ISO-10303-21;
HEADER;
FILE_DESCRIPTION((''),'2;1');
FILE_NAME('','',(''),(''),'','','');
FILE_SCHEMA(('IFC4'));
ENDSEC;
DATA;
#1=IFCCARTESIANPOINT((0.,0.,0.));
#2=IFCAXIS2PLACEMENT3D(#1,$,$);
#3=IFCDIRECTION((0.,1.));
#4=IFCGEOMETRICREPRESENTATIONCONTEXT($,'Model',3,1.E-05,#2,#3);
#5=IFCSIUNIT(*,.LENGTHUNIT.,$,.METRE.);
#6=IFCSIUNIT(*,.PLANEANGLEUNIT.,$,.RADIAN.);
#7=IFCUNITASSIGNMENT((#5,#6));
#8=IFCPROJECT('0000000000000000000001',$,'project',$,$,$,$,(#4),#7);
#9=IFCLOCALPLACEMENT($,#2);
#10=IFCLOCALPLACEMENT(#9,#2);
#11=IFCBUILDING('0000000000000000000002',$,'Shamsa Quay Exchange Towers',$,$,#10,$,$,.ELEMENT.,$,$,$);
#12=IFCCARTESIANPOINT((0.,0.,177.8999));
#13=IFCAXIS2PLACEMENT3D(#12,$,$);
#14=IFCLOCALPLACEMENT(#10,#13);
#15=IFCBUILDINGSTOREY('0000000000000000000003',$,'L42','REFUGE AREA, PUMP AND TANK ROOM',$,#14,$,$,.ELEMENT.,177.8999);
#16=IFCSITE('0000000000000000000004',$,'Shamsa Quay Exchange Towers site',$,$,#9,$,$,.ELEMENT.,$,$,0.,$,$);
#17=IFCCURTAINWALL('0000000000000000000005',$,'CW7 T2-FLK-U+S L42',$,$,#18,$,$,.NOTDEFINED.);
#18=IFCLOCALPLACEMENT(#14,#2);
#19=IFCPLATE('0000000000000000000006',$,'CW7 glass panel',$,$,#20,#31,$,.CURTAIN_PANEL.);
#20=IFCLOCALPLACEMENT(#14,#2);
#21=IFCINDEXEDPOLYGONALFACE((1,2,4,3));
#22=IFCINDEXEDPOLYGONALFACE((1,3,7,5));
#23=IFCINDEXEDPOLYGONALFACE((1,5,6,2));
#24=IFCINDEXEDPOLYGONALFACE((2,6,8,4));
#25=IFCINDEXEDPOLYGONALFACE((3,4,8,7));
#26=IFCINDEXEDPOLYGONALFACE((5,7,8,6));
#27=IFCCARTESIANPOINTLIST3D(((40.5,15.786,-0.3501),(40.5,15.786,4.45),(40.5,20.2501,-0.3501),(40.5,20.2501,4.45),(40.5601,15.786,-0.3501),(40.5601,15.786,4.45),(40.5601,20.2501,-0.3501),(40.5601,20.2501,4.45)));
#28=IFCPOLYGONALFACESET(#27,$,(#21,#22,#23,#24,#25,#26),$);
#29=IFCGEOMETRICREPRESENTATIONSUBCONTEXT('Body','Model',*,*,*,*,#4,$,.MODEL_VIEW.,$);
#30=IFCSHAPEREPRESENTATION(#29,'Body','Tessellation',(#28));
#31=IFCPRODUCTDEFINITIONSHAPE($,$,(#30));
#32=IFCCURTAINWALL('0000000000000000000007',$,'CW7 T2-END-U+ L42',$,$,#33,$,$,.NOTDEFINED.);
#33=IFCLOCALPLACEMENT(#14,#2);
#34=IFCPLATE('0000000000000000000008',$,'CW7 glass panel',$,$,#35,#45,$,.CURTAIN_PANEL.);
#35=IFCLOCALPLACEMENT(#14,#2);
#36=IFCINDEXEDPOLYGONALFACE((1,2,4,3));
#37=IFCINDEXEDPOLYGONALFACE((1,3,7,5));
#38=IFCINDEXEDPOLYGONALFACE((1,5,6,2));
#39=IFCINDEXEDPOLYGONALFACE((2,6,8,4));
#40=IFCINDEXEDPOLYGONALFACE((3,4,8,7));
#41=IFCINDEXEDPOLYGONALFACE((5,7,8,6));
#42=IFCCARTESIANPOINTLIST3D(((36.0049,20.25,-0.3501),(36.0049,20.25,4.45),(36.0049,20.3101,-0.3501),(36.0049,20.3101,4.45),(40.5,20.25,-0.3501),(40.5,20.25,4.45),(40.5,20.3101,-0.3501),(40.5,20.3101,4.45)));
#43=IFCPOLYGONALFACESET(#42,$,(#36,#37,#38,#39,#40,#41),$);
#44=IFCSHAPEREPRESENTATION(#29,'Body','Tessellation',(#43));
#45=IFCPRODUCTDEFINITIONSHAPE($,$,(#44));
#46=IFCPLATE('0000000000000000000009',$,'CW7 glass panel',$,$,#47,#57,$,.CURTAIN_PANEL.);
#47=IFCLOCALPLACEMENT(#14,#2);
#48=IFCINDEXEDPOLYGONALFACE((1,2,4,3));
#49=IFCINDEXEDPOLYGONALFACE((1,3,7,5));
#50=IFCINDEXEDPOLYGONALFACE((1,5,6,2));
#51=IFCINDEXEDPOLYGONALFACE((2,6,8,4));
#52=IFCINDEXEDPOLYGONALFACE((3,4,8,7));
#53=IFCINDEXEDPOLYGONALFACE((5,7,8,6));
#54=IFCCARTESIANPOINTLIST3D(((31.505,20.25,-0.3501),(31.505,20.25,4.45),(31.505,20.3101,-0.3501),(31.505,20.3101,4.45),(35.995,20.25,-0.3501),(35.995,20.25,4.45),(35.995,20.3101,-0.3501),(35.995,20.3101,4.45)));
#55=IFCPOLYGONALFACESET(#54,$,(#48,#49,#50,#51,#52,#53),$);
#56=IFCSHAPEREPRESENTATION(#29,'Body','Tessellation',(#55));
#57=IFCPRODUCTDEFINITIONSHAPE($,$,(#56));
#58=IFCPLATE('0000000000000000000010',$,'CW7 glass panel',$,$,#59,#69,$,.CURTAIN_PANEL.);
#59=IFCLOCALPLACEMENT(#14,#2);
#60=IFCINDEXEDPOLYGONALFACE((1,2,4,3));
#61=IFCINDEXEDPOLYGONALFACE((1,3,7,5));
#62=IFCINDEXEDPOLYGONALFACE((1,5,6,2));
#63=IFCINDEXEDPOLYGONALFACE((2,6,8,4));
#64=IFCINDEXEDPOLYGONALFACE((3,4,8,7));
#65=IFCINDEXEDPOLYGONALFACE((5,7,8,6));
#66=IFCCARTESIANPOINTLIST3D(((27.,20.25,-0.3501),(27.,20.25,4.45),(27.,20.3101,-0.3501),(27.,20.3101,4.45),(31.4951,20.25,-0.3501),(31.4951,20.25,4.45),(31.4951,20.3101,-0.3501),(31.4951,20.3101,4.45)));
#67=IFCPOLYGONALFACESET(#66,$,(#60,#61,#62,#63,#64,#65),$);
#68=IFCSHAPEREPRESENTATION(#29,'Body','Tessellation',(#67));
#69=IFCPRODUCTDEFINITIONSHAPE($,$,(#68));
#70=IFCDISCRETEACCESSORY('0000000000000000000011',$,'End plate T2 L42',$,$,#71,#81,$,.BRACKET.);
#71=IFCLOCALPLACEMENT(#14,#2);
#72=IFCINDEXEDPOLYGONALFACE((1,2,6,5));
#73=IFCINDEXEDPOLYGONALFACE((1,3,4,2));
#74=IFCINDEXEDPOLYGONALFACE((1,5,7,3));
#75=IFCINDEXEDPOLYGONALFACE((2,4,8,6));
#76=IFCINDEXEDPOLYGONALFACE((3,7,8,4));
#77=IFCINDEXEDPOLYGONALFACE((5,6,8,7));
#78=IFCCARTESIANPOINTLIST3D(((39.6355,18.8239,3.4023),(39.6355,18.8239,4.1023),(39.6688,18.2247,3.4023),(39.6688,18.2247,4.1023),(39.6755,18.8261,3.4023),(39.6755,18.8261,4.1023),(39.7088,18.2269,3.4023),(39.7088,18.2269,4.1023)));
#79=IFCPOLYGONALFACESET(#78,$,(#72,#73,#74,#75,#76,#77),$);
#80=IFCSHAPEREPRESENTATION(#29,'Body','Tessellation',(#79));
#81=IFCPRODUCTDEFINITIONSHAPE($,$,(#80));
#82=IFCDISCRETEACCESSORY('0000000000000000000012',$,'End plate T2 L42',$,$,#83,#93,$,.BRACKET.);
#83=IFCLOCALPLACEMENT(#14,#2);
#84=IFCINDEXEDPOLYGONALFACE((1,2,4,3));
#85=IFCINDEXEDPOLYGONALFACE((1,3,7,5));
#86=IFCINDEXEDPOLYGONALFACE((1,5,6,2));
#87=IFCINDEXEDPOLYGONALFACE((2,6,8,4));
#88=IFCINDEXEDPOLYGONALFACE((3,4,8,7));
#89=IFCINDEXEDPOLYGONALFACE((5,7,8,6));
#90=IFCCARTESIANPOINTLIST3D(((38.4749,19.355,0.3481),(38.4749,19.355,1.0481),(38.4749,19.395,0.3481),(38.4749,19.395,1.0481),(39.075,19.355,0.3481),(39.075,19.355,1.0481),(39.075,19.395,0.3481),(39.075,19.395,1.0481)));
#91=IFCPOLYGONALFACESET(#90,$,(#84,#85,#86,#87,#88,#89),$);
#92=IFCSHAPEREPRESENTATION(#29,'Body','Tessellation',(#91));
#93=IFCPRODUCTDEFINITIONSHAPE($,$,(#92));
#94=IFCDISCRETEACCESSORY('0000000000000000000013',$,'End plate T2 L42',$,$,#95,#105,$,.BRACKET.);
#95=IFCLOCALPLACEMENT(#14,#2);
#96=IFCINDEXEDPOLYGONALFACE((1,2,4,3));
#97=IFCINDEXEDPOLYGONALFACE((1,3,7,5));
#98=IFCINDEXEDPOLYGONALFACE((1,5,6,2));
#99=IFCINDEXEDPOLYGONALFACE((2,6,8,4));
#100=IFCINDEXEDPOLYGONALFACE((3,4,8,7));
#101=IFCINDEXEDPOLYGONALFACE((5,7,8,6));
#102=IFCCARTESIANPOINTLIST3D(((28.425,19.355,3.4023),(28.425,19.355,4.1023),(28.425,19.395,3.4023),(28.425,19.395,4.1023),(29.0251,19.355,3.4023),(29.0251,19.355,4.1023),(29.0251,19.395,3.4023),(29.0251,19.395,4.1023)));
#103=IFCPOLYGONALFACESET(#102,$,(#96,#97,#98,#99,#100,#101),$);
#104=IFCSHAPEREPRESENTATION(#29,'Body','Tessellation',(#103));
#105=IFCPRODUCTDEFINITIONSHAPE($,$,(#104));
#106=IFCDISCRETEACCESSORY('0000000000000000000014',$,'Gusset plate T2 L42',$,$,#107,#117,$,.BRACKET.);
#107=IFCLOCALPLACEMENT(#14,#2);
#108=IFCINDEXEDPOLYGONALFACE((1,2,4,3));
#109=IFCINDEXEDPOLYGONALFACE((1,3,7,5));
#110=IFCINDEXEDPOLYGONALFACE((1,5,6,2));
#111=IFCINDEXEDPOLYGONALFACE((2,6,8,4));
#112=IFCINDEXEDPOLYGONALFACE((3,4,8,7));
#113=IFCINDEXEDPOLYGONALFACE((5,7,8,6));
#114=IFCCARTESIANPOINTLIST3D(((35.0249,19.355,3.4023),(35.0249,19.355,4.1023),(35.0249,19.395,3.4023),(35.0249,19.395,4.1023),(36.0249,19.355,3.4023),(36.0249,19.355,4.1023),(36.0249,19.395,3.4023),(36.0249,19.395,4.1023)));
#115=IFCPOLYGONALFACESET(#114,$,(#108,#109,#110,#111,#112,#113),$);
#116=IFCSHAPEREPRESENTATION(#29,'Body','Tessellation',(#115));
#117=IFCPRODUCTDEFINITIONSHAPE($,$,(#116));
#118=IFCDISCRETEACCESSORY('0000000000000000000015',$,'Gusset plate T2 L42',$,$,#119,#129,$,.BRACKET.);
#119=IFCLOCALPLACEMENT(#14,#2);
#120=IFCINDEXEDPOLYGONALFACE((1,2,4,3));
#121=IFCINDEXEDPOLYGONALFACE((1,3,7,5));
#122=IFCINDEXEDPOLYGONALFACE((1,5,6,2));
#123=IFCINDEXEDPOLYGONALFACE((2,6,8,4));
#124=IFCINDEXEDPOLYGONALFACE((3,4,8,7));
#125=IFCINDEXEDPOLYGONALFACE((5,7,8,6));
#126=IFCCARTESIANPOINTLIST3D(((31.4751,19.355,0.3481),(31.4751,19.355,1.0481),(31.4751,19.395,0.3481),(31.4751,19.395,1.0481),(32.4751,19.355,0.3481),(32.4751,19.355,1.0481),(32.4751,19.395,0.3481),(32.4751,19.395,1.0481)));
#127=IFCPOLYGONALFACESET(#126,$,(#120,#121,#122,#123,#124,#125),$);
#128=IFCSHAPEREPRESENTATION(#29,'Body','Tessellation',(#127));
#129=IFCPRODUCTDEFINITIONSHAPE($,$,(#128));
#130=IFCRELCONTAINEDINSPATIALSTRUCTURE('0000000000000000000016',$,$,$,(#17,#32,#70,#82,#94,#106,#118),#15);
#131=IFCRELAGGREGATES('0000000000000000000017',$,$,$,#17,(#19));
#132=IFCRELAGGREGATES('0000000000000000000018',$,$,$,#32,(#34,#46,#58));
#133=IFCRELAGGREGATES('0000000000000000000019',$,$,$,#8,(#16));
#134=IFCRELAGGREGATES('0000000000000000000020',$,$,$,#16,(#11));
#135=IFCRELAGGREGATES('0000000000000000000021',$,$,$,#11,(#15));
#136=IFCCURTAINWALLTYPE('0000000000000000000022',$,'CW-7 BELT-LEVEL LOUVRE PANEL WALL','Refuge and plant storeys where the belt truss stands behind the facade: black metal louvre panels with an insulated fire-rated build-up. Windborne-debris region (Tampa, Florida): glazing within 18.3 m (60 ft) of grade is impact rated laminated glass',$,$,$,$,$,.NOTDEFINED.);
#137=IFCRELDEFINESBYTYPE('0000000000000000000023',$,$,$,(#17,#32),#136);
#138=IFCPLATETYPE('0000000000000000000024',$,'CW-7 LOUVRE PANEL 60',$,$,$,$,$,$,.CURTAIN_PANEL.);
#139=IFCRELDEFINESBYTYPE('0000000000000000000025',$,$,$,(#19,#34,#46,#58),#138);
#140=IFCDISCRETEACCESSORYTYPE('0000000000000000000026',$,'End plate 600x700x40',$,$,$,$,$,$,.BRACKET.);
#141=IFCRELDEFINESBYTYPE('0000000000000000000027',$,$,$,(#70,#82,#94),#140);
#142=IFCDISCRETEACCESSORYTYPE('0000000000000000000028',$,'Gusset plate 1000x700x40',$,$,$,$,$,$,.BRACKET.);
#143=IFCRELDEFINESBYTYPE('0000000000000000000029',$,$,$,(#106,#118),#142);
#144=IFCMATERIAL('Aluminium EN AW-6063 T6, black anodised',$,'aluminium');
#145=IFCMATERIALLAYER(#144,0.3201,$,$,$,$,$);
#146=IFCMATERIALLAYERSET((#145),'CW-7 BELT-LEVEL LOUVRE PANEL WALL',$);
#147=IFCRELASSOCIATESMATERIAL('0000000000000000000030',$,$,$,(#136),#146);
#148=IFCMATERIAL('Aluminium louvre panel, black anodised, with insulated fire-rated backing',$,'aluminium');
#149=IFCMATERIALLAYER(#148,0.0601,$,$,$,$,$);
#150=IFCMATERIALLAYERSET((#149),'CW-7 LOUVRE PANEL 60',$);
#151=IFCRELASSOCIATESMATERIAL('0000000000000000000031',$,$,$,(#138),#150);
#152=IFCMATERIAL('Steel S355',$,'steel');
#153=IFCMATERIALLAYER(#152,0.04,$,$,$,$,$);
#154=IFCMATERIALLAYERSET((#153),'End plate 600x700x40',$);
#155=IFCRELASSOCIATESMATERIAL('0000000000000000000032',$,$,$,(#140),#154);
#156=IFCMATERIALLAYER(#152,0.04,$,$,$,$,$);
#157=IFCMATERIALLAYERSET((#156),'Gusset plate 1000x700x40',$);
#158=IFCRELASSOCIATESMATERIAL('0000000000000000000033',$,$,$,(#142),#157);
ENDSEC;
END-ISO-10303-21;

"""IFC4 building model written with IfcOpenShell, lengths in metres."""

from ifc_helpers import new_model, si_unit, direction, frame, origin, origin_2d, place, context, subcontext, project, spatial, rectangle, extrude, material, layer, layer_set, type_object, element, aggregate, save


model = new_model("IFC4")

# Units and contexts
model_context = context("Model", 3, precision=1e-05, world=origin(), true_north=direction((0.0, 1.0)))
body_context = subcontext(model_context, "Body", "Model", "MODEL_VIEW")
ifc_project = project(units=[si_unit("LENGTHUNIT", "METRE"), si_unit("PLANEANGLEUNIT", "RADIAN")], contexts=[model_context])

# Site, building, storey
site_placement = place(None, origin())
site = spatial("IfcSite", under=ifc_project, at=site_placement, Name="Shamsa Quay Exchange Towers site", CompositionType="ELEMENT", RefElevation=0.0)
building_placement = place(site_placement, origin())
building = spatial("IfcBuilding", under=site, at=building_placement, Name="Shamsa Quay Exchange Towers", CompositionType="ELEMENT")
storey_placement = place(building_placement, frame((0.0, 0.0, 177.8999)))
storey = spatial("IfcBuildingStorey", under=building, at=storey_placement, Name="L42", Description="REFUGE AREA, PUMP AND TANK ROOM", CompositionType="ELEMENT", Elevation=177.8999)

# Shared definitions
ifc_material_1 = material(Name="Steel S355", Category="steel")

# Curtain wall, plate
ifc_material_2 = material(Name="Aluminium EN AW-6063 T6, black anodised", Category="aluminium")
ifc_layer_1 = layer(ifc_material_2, 0.3201)
ifc_layer_set_1 = layer_set([ifc_layer_1], Name="CW-7 BELT-LEVEL LOUVRE PANEL WALL")
curtain_wall_type = type_object("IfcCurtainWallType", Name="CW-7 BELT-LEVEL LOUVRE PANEL WALL", Description="Refuge and plant storeys where the belt truss stands behind the facade: black metal louvre panels with an insulated fire-rated build-up. Windborne-debris region (Tampa, Florida): glazing within 18.3 m (60 ft) of grade is impact rated laminated glass", PredefinedType="NOTDEFINED", material=ifc_layer_set_1)
curtain_wall_1_placement = place(storey_placement, origin())
curtain_wall_1 = element("IfcCurtainWall", 1, at=curtain_wall_1_placement, inside=storey, type_object=curtain_wall_type, Name="CW7 T2-FLK-U+S L42", PredefinedType="NOTDEFINED")
ifc_material_3 = material(Name="Aluminium louvre panel, black anodised, with insulated fire-rated backing", Category="aluminium")
ifc_layer_2 = layer(ifc_material_3, 0.0601)
ifc_layer_set_2 = layer_set([ifc_layer_2], Name="CW-7 LOUVRE PANEL 60")
plate_type = type_object("IfcPlateType", Name="CW-7 LOUVRE PANEL 60", PredefinedType="CURTAIN_PANEL", material=ifc_layer_set_2)
plate_1_placement = place(storey_placement, frame((40.53, 18.0181, -0.3501), z_axis=(0.0, 0.0, 1.0), x_axis=(0.0, 1.0, 0.0)))
plate_1 = element("IfcPlate", 2, at=plate_1_placement, type_object=plate_type, Name="CW7 glass panel", PredefinedType="CURTAIN_PANEL", context=body_context, shape_type="SweptSolid", body=[
    extrude(rectangle(XDim=4.4641, YDim=0.0601, at=origin_2d()), origin(), (0.0, 0.0, 1.0), 4.8),
])
aggregate(curtain_wall_1, [plate_1])

# Curtain wall, plates
curtain_wall_2_placement = place(storey_placement, origin())
curtain_wall_2 = element("IfcCurtainWall", 3, at=curtain_wall_2_placement, inside=storey, type_object=curtain_wall_type, Name="CW7 T2-END-U+ L42", PredefinedType="NOTDEFINED")
plate_2_placement = place(storey_placement, frame((38.2524, 20.28, -0.3501), z_axis=(0.0, 0.0, 1.0), x_axis=(-1.0, 0.0, 0.0)))
plate_2 = element("IfcPlate", 4, at=plate_2_placement, type_object=plate_type, Name="CW7 glass panel", PredefinedType="CURTAIN_PANEL", context=body_context, shape_type="SweptSolid", body=[
    extrude(rectangle(XDim=4.4951, YDim=0.0601, at=origin_2d()), origin(), (0.0, 0.0, 1.0), 4.8),
])
plate_3_placement = place(storey_placement, frame((33.75, 20.28, -0.3501), z_axis=(0.0, 0.0, 1.0), x_axis=(-1.0, 0.0, 0.0)))
plate_3 = element("IfcPlate", 5, at=plate_3_placement, type_object=plate_type, Name="CW7 glass panel", PredefinedType="CURTAIN_PANEL", context=body_context, shape_type="SweptSolid", body=[
    extrude(rectangle(XDim=4.49, YDim=0.0601, at=origin_2d()), origin(), (0.0, 0.0, 1.0), 4.8),
])
plate_4_placement = place(storey_placement, frame((29.2476, 20.28, -0.3501), z_axis=(0.0, 0.0, 1.0), x_axis=(-1.0, 0.0, 0.0)))
plate_4 = element("IfcPlate", 6, at=plate_4_placement, type_object=plate_type, Name="CW7 glass panel", PredefinedType="CURTAIN_PANEL", context=body_context, shape_type="SweptSolid", body=[
    extrude(rectangle(XDim=4.4951, YDim=0.0601, at=origin_2d()), origin(), (0.0, 0.0, 1.0), 4.8),
])
aggregate(curtain_wall_2, [plate_2, plate_3, plate_4])

# Discrete accessories
ifc_layer_3 = layer(ifc_material_1, 0.04)
ifc_layer_set_3 = layer_set([ifc_layer_3], Name="End plate 600x700x40")
discrete_accessory_type_1 = type_object("IfcDiscreteAccessoryType", Name="End plate 600x700x40", PredefinedType="BRACKET", material=ifc_layer_set_3)
for number, where, z_axis, x_axis, name in (
    (7, (39.6721, 18.5254, 3.4023), (0.0, 0.0, 1.0), (-0.05547, 0.99846, 0.0), "End plate T2 L42"),
    (8, (38.7749, 19.375, 0.3481), (0.0, 0.0, 1.0), (-1.0, 0.0, 0.0), "End plate T2 L42"),
    (9, (28.7251, 19.375, 3.4023), (0.0, 0.0, 1.0), (-1.0, 0.0, 0.0), "End plate T2 L42"),
):
    element("IfcDiscreteAccessory", number, at=place(storey_placement, frame(where, z_axis=z_axis, x_axis=x_axis)), inside=storey, type_object=discrete_accessory_type_1, Name=name, PredefinedType="BRACKET", context=body_context, shape_type="SweptSolid", body=[
        extrude(rectangle(XDim=0.6001, YDim=0.04, at=origin_2d()), origin(), (0.0, 0.0, 1.0), 0.7),
    ])
ifc_layer_4 = layer(ifc_material_1, 0.04)
ifc_layer_set_4 = layer_set([ifc_layer_4], Name="Gusset plate 1000x700x40")
discrete_accessory_type_2 = type_object("IfcDiscreteAccessoryType", Name="Gusset plate 1000x700x40", PredefinedType="BRACKET", material=ifc_layer_set_4)
for number, where, z_axis, x_axis, name in (
    (10, (35.5249, 19.375, 3.4023), (0.0, 0.0, 1.0), (-1.0, 0.0, 0.0), "Gusset plate T2 L42"),
    (11, (31.9751, 19.375, 0.3481), (0.0, 0.0, 1.0), (-1.0, 0.0, 0.0), "Gusset plate T2 L42"),
):
    element("IfcDiscreteAccessory", number, at=place(storey_placement, frame(where, z_axis=z_axis, x_axis=x_axis)), inside=storey, type_object=discrete_accessory_type_2, Name=name, PredefinedType="BRACKET", context=body_context, shape_type="SweptSolid", body=[
        extrude(rectangle(XDim=1.0, YDim=0.04, at=origin_2d()), origin(), (0.0, 0.0, 1.0), 0.7),
    ])

save(model, "model.ifc")
